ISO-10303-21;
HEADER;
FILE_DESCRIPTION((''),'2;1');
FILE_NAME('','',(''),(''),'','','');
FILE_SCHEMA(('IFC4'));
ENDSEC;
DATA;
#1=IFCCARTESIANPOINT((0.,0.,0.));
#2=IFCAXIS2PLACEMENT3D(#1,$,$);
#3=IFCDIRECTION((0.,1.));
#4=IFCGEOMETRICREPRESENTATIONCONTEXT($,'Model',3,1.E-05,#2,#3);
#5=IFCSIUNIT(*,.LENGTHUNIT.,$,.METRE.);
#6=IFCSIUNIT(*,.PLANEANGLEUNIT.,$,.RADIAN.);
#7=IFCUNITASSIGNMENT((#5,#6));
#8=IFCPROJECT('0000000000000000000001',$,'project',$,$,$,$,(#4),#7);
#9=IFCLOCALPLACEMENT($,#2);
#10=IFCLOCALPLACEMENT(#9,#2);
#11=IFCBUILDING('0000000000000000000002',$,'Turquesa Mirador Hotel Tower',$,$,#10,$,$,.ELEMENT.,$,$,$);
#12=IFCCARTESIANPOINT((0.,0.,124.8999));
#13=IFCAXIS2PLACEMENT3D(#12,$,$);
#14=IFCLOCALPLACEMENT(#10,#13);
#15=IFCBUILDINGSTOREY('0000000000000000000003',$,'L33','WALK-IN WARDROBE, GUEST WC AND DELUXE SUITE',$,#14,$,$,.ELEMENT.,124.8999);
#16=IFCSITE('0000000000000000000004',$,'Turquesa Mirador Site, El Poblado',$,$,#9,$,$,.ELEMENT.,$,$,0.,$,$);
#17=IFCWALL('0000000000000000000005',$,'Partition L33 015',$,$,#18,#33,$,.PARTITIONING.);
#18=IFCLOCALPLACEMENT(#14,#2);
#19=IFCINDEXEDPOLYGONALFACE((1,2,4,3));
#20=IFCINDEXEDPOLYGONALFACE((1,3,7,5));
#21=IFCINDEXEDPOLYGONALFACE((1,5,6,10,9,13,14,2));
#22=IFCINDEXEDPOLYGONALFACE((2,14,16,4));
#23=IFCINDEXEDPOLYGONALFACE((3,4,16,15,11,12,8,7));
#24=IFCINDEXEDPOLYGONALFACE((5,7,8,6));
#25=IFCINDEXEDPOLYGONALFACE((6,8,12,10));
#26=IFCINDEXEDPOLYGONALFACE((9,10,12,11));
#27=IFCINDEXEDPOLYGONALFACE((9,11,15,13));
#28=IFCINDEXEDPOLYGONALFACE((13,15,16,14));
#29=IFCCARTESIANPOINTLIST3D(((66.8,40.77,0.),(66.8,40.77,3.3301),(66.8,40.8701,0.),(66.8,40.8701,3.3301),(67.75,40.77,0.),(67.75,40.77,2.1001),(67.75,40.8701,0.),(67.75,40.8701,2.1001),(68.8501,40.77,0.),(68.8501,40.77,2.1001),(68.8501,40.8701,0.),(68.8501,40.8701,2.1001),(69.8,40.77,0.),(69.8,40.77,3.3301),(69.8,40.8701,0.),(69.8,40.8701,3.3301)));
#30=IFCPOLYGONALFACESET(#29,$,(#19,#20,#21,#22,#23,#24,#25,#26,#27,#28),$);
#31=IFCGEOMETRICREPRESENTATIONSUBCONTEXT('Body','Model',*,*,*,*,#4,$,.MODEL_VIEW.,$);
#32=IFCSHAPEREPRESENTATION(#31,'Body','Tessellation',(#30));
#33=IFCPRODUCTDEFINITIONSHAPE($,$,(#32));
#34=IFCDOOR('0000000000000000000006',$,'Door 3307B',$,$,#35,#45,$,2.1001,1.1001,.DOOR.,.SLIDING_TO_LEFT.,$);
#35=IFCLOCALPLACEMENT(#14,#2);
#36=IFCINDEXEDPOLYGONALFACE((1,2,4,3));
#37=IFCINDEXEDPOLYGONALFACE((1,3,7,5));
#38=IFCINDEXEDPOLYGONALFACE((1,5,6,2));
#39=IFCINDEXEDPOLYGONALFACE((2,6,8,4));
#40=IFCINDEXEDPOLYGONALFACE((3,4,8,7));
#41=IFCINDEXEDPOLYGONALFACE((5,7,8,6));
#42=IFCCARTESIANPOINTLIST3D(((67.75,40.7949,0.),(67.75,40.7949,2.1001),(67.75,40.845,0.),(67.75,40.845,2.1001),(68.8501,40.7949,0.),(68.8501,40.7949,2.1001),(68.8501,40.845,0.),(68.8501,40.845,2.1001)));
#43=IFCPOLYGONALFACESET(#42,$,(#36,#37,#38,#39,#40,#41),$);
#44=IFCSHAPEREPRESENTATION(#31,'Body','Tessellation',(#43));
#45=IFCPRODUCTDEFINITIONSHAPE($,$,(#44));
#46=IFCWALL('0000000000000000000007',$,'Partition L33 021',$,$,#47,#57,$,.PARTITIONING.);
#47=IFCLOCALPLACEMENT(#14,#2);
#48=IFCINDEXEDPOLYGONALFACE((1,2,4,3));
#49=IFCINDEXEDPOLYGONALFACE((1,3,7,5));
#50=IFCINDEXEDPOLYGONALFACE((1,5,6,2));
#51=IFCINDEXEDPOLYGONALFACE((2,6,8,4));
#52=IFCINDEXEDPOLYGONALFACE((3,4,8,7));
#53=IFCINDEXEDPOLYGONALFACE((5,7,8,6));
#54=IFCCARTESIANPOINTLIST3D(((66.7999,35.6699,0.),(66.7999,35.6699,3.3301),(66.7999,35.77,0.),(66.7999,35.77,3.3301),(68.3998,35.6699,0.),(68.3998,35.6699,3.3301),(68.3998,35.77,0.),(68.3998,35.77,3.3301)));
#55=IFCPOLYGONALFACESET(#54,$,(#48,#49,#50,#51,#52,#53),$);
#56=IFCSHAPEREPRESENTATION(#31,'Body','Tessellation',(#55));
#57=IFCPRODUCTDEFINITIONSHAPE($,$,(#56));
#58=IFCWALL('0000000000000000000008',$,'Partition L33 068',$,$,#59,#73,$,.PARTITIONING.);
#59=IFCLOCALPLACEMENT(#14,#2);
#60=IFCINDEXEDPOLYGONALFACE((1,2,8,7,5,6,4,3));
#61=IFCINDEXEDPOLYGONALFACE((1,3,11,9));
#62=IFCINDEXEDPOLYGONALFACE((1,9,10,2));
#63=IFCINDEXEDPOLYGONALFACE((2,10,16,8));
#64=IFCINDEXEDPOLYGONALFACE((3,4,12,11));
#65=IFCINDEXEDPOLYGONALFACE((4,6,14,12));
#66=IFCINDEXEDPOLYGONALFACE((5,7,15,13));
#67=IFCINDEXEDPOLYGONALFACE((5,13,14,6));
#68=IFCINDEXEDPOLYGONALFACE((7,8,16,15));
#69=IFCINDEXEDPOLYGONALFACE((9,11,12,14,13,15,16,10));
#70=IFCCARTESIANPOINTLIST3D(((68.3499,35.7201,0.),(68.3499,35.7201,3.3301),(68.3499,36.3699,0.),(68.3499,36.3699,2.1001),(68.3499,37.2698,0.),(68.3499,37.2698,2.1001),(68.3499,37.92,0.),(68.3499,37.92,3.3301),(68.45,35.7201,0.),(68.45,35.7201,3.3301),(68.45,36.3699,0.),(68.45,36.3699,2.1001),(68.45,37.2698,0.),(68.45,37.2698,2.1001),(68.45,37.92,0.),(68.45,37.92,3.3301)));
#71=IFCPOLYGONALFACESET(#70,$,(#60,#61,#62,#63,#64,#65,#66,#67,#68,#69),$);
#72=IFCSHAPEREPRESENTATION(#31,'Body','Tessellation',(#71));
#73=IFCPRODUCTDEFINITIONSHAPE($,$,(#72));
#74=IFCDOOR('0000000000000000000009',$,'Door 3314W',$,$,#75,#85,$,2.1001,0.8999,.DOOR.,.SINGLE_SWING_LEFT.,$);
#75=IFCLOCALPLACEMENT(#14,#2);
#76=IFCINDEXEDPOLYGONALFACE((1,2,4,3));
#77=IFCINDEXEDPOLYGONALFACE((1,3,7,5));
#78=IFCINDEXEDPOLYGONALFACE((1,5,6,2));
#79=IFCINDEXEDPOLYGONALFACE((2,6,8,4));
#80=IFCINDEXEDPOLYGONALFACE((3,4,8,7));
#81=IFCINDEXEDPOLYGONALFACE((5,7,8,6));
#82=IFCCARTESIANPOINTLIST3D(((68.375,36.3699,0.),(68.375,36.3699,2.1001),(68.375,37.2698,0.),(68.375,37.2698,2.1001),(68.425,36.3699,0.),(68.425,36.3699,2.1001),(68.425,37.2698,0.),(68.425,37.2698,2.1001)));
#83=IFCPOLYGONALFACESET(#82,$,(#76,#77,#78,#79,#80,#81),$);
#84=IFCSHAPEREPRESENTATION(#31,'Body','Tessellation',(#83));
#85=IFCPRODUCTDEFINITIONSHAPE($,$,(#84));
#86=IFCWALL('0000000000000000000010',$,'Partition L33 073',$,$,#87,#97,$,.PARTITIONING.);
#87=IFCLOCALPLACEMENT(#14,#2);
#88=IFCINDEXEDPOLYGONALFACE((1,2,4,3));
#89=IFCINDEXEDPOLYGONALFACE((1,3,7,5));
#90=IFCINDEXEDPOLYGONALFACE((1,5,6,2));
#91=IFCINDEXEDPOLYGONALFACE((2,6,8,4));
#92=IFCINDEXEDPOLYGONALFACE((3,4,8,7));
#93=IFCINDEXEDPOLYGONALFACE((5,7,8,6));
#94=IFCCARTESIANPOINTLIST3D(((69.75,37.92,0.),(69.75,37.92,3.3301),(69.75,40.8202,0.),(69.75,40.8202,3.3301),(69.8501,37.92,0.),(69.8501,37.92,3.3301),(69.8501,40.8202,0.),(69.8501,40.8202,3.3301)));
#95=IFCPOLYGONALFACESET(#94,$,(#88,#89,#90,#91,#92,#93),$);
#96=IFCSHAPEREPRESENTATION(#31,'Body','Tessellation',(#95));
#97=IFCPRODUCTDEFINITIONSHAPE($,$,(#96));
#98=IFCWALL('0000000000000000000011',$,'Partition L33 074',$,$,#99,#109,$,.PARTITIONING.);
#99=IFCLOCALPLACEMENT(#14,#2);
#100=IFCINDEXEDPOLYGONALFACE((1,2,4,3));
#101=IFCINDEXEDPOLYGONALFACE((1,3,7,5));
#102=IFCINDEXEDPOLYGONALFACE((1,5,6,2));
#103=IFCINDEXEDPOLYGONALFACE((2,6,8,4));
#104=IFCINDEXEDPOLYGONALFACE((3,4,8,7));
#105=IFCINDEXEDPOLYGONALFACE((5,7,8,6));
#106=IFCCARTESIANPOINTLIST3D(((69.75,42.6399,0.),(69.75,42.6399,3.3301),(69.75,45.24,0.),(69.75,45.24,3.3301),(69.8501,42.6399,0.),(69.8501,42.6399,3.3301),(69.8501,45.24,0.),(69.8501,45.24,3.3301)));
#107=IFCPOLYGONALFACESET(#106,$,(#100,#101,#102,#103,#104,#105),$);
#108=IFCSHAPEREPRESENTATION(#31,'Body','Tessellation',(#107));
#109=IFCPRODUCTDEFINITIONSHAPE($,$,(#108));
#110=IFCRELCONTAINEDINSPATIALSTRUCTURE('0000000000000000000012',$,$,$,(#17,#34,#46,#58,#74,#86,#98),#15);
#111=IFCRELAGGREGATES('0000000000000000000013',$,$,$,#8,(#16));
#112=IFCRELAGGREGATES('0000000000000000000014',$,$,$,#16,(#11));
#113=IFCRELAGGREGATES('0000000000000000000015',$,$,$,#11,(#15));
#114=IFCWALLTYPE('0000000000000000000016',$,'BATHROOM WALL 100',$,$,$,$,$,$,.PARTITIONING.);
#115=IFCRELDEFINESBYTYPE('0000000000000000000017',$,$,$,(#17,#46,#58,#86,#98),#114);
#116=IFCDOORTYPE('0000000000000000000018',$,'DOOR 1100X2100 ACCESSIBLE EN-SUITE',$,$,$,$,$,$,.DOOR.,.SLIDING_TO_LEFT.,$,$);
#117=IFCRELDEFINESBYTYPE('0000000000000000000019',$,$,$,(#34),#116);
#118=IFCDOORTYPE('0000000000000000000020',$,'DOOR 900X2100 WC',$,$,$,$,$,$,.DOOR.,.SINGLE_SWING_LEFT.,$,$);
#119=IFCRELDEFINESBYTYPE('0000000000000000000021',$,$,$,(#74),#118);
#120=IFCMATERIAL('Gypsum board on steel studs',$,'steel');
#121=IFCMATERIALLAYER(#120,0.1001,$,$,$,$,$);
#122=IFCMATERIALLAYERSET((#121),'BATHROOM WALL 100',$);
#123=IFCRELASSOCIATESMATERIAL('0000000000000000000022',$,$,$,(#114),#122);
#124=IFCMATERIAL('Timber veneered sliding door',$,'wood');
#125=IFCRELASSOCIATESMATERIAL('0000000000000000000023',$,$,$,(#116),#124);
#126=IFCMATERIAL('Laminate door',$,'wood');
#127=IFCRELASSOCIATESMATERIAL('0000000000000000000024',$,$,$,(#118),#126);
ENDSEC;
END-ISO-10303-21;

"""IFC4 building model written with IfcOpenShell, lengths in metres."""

from ifc_helpers import new_model, si_unit, direction, frame, frame_2d, origin, place, context, subcontext, project, spatial, rectangle, extrude, material, layer, layer_set, type_object, element, fill, save


model = new_model("IFC4")

# Units and contexts
model_context = context("Model", 3, precision=1e-05, world=origin(), true_north=direction((0.0, 1.0)))
body_context = subcontext(model_context, "Body", "Model", "MODEL_VIEW")
ifc_project = project(units=[si_unit("LENGTHUNIT", "METRE"), si_unit("PLANEANGLEUNIT", "RADIAN")], contexts=[model_context])

# Site, building, storey
site_placement = place(None, origin())
site = spatial("IfcSite", under=ifc_project, at=site_placement, Name="Turquesa Mirador Site, El Poblado", CompositionType="ELEMENT", RefElevation=0.0)
building_placement = place(site_placement, origin())
building = spatial("IfcBuilding", under=site, at=building_placement, Name="Turquesa Mirador Hotel Tower", CompositionType="ELEMENT")
storey_placement = place(building_placement, frame((0.0, 0.0, 124.8999)))
storey = spatial("IfcBuildingStorey", under=building, at=storey_placement, Name="L33", Description="WALK-IN WARDROBE, GUEST WC AND DELUXE SUITE", CompositionType="ELEMENT", Elevation=124.8999)

# Wall, opening, door
ifc_material_1 = material(Name="Gypsum board on steel studs", Category="steel")
ifc_layer_1 = layer(ifc_material_1, 0.1001)
ifc_layer_set_1 = layer_set([ifc_layer_1], Name="BATHROOM WALL 100")
wall_type_1 = type_object("IfcWallType", Name="BATHROOM WALL 100", PredefinedType="PARTITIONING", material=ifc_layer_set_1)
wall_1_placement = place(storey_placement, frame((66.8, 40.8201, 0.0), z_axis=(0.0, 0.0, 1.0), x_axis=(1.0, 0.0, 0.0)))
wall_1 = element("IfcWall", 1, at=wall_1_placement, inside=storey, type_object=wall_type_1, Name="Partition L33 015", PredefinedType="PARTITIONING", context=body_context, shape_type="SweptSolid", body=[
    extrude(rectangle(XDim=3.0, YDim=0.1001, at=frame_2d((1.5, 0.0))), origin(), (0.0, 0.0, 1.0), 3.3301),
])
opening_1_placement = place(wall_1_placement, frame((0.95, 0.0, 0.0)))
opening_1 = element("IfcOpeningElement", 2, at=opening_1_placement, cuts=wall_1, PredefinedType="OPENING", context=body_context, shape_type="SweptSolid", body=[
    extrude(rectangle(XDim=1.1001, YDim=2.1001, at=frame_2d((0.55, 1.05))), frame((0.0, 0.0601, 0.0), z_axis=(0.0, -1.0, 0.0), x_axis=(1.0, 0.0, 0.0)), (0.0, 0.0, 1.0), 0.1201),
])
ifc_material_2 = material(Name="Timber veneered sliding door", Category="wood")
door_type_1 = type_object("IfcDoorType", Name="DOOR 1100X2100 ACCESSIBLE EN-SUITE", OperationType="SLIDING_TO_LEFT", PredefinedType="DOOR", material=ifc_material_2)
door_1_placement = place(opening_1_placement, origin())
door_1 = element("IfcDoor", 3, at=door_1_placement, inside=storey, type_object=door_type_1, Name="Door 3307B", OperationType="SLIDING_TO_LEFT", OverallHeight=2.1001, OverallWidth=1.1001, PredefinedType="DOOR", context=body_context, shape_type="SweptSolid", body=[
    extrude(rectangle(XDim=1.1001, YDim=2.1001, at=frame_2d((0.55, 1.05))), frame((0.0, 0.0249, 0.0), z_axis=(0.0, -1.0, 0.0), x_axis=(1.0, 0.0, 0.0)), (0.0, 0.0, 1.0), 0.05),
])
fill(opening_1, door_1)

# Wall
wall_2_placement = place(storey_placement, frame((66.8, 35.72, 0.0), z_axis=(0.0, 0.0, 1.0), x_axis=(1.0, 0.0, 0.0)))
element("IfcWall", 4, at=wall_2_placement, inside=storey, type_object=wall_type_1, Name="Partition L33 021", PredefinedType="PARTITIONING", context=body_context, shape_type="SweptSolid", body=[
    extrude(rectangle(XDim=1.5999, YDim=0.1001, at=frame_2d((0.7998, 0.0))), origin(), (0.0, 0.0, 1.0), 3.3301),
])

# Wall, opening, door
wall_3_placement = place(storey_placement, frame((68.3999, 35.72, 0.0), z_axis=(0.0, 0.0, 1.0), x_axis=(0.0, 1.0, 0.0)))
wall_3 = element("IfcWall", 5, at=wall_3_placement, inside=storey, type_object=wall_type_1, Name="Partition L33 068", PredefinedType="PARTITIONING", context=body_context, shape_type="SweptSolid", body=[
    extrude(rectangle(XDim=2.2, YDim=0.1001, at=frame_2d((1.1001, 0.0))), origin(), (0.0, 0.0, 1.0), 3.3301),
])
opening_2_placement = place(wall_3_placement, frame((0.6499, 0.0, 0.0)))
opening_2 = element("IfcOpeningElement", 6, at=opening_2_placement, cuts=wall_3, PredefinedType="OPENING", context=body_context, shape_type="SweptSolid", body=[
    extrude(rectangle(XDim=0.8999, YDim=2.1001, at=frame_2d((0.45, 1.05))), frame((0.0, 0.0601, 0.0), z_axis=(0.0, -1.0, 0.0), x_axis=(1.0, 0.0, 0.0)), (0.0, 0.0, 1.0), 0.1201),
])
ifc_material_3 = material(Name="Laminate door", Category="wood")
door_type_2 = type_object("IfcDoorType", Name="DOOR 900X2100 WC", OperationType="SINGLE_SWING_LEFT", PredefinedType="DOOR", material=ifc_material_3)
door_2_placement = place(opening_2_placement, origin())
door_2 = element("IfcDoor", 7, at=door_2_placement, inside=storey, type_object=door_type_2, Name="Door 3314W", OperationType="SINGLE_SWING_LEFT", OverallHeight=2.1001, OverallWidth=0.8999, PredefinedType="DOOR", context=body_context, shape_type="SweptSolid", body=[
    extrude(rectangle(XDim=0.8999, YDim=2.1001, at=frame_2d((0.45, 1.05))), frame((0.0, 0.0249, 0.0), z_axis=(0.0, -1.0, 0.0), x_axis=(1.0, 0.0, 0.0)), (0.0, 0.0, 1.0), 0.05),
])
fill(opening_2, door_2)

# Walls
wall_4_placement = place(storey_placement, frame((69.8, 37.9199, 0.0), z_axis=(0.0, 0.0, 1.0), x_axis=(0.0, 1.0, 0.0)))
element("IfcWall", 8, at=wall_4_placement, inside=storey, type_object=wall_type_1, Name="Partition L33 073", PredefinedType="PARTITIONING", context=body_context, shape_type="SweptSolid", body=[
    extrude(rectangle(XDim=2.9001, YDim=0.1001, at=frame_2d((1.4502, 0.0))), origin(), (0.0, 0.0, 1.0), 3.3301),
])
wall_5_placement = place(storey_placement, frame((69.8, 42.6399, 0.0), z_axis=(0.0, 0.0, 1.0), x_axis=(0.0, 1.0, 0.0)))
element("IfcWall", 9, at=wall_5_placement, inside=storey, type_object=wall_type_1, Name="Partition L33 074", PredefinedType="PARTITIONING", context=body_context, shape_type="SweptSolid", body=[
    extrude(rectangle(XDim=2.6001, YDim=0.1001, at=frame_2d((1.3, 0.0))), origin(), (0.0, 0.0, 1.0), 3.3301),
])

save(model, "model.ifc")
